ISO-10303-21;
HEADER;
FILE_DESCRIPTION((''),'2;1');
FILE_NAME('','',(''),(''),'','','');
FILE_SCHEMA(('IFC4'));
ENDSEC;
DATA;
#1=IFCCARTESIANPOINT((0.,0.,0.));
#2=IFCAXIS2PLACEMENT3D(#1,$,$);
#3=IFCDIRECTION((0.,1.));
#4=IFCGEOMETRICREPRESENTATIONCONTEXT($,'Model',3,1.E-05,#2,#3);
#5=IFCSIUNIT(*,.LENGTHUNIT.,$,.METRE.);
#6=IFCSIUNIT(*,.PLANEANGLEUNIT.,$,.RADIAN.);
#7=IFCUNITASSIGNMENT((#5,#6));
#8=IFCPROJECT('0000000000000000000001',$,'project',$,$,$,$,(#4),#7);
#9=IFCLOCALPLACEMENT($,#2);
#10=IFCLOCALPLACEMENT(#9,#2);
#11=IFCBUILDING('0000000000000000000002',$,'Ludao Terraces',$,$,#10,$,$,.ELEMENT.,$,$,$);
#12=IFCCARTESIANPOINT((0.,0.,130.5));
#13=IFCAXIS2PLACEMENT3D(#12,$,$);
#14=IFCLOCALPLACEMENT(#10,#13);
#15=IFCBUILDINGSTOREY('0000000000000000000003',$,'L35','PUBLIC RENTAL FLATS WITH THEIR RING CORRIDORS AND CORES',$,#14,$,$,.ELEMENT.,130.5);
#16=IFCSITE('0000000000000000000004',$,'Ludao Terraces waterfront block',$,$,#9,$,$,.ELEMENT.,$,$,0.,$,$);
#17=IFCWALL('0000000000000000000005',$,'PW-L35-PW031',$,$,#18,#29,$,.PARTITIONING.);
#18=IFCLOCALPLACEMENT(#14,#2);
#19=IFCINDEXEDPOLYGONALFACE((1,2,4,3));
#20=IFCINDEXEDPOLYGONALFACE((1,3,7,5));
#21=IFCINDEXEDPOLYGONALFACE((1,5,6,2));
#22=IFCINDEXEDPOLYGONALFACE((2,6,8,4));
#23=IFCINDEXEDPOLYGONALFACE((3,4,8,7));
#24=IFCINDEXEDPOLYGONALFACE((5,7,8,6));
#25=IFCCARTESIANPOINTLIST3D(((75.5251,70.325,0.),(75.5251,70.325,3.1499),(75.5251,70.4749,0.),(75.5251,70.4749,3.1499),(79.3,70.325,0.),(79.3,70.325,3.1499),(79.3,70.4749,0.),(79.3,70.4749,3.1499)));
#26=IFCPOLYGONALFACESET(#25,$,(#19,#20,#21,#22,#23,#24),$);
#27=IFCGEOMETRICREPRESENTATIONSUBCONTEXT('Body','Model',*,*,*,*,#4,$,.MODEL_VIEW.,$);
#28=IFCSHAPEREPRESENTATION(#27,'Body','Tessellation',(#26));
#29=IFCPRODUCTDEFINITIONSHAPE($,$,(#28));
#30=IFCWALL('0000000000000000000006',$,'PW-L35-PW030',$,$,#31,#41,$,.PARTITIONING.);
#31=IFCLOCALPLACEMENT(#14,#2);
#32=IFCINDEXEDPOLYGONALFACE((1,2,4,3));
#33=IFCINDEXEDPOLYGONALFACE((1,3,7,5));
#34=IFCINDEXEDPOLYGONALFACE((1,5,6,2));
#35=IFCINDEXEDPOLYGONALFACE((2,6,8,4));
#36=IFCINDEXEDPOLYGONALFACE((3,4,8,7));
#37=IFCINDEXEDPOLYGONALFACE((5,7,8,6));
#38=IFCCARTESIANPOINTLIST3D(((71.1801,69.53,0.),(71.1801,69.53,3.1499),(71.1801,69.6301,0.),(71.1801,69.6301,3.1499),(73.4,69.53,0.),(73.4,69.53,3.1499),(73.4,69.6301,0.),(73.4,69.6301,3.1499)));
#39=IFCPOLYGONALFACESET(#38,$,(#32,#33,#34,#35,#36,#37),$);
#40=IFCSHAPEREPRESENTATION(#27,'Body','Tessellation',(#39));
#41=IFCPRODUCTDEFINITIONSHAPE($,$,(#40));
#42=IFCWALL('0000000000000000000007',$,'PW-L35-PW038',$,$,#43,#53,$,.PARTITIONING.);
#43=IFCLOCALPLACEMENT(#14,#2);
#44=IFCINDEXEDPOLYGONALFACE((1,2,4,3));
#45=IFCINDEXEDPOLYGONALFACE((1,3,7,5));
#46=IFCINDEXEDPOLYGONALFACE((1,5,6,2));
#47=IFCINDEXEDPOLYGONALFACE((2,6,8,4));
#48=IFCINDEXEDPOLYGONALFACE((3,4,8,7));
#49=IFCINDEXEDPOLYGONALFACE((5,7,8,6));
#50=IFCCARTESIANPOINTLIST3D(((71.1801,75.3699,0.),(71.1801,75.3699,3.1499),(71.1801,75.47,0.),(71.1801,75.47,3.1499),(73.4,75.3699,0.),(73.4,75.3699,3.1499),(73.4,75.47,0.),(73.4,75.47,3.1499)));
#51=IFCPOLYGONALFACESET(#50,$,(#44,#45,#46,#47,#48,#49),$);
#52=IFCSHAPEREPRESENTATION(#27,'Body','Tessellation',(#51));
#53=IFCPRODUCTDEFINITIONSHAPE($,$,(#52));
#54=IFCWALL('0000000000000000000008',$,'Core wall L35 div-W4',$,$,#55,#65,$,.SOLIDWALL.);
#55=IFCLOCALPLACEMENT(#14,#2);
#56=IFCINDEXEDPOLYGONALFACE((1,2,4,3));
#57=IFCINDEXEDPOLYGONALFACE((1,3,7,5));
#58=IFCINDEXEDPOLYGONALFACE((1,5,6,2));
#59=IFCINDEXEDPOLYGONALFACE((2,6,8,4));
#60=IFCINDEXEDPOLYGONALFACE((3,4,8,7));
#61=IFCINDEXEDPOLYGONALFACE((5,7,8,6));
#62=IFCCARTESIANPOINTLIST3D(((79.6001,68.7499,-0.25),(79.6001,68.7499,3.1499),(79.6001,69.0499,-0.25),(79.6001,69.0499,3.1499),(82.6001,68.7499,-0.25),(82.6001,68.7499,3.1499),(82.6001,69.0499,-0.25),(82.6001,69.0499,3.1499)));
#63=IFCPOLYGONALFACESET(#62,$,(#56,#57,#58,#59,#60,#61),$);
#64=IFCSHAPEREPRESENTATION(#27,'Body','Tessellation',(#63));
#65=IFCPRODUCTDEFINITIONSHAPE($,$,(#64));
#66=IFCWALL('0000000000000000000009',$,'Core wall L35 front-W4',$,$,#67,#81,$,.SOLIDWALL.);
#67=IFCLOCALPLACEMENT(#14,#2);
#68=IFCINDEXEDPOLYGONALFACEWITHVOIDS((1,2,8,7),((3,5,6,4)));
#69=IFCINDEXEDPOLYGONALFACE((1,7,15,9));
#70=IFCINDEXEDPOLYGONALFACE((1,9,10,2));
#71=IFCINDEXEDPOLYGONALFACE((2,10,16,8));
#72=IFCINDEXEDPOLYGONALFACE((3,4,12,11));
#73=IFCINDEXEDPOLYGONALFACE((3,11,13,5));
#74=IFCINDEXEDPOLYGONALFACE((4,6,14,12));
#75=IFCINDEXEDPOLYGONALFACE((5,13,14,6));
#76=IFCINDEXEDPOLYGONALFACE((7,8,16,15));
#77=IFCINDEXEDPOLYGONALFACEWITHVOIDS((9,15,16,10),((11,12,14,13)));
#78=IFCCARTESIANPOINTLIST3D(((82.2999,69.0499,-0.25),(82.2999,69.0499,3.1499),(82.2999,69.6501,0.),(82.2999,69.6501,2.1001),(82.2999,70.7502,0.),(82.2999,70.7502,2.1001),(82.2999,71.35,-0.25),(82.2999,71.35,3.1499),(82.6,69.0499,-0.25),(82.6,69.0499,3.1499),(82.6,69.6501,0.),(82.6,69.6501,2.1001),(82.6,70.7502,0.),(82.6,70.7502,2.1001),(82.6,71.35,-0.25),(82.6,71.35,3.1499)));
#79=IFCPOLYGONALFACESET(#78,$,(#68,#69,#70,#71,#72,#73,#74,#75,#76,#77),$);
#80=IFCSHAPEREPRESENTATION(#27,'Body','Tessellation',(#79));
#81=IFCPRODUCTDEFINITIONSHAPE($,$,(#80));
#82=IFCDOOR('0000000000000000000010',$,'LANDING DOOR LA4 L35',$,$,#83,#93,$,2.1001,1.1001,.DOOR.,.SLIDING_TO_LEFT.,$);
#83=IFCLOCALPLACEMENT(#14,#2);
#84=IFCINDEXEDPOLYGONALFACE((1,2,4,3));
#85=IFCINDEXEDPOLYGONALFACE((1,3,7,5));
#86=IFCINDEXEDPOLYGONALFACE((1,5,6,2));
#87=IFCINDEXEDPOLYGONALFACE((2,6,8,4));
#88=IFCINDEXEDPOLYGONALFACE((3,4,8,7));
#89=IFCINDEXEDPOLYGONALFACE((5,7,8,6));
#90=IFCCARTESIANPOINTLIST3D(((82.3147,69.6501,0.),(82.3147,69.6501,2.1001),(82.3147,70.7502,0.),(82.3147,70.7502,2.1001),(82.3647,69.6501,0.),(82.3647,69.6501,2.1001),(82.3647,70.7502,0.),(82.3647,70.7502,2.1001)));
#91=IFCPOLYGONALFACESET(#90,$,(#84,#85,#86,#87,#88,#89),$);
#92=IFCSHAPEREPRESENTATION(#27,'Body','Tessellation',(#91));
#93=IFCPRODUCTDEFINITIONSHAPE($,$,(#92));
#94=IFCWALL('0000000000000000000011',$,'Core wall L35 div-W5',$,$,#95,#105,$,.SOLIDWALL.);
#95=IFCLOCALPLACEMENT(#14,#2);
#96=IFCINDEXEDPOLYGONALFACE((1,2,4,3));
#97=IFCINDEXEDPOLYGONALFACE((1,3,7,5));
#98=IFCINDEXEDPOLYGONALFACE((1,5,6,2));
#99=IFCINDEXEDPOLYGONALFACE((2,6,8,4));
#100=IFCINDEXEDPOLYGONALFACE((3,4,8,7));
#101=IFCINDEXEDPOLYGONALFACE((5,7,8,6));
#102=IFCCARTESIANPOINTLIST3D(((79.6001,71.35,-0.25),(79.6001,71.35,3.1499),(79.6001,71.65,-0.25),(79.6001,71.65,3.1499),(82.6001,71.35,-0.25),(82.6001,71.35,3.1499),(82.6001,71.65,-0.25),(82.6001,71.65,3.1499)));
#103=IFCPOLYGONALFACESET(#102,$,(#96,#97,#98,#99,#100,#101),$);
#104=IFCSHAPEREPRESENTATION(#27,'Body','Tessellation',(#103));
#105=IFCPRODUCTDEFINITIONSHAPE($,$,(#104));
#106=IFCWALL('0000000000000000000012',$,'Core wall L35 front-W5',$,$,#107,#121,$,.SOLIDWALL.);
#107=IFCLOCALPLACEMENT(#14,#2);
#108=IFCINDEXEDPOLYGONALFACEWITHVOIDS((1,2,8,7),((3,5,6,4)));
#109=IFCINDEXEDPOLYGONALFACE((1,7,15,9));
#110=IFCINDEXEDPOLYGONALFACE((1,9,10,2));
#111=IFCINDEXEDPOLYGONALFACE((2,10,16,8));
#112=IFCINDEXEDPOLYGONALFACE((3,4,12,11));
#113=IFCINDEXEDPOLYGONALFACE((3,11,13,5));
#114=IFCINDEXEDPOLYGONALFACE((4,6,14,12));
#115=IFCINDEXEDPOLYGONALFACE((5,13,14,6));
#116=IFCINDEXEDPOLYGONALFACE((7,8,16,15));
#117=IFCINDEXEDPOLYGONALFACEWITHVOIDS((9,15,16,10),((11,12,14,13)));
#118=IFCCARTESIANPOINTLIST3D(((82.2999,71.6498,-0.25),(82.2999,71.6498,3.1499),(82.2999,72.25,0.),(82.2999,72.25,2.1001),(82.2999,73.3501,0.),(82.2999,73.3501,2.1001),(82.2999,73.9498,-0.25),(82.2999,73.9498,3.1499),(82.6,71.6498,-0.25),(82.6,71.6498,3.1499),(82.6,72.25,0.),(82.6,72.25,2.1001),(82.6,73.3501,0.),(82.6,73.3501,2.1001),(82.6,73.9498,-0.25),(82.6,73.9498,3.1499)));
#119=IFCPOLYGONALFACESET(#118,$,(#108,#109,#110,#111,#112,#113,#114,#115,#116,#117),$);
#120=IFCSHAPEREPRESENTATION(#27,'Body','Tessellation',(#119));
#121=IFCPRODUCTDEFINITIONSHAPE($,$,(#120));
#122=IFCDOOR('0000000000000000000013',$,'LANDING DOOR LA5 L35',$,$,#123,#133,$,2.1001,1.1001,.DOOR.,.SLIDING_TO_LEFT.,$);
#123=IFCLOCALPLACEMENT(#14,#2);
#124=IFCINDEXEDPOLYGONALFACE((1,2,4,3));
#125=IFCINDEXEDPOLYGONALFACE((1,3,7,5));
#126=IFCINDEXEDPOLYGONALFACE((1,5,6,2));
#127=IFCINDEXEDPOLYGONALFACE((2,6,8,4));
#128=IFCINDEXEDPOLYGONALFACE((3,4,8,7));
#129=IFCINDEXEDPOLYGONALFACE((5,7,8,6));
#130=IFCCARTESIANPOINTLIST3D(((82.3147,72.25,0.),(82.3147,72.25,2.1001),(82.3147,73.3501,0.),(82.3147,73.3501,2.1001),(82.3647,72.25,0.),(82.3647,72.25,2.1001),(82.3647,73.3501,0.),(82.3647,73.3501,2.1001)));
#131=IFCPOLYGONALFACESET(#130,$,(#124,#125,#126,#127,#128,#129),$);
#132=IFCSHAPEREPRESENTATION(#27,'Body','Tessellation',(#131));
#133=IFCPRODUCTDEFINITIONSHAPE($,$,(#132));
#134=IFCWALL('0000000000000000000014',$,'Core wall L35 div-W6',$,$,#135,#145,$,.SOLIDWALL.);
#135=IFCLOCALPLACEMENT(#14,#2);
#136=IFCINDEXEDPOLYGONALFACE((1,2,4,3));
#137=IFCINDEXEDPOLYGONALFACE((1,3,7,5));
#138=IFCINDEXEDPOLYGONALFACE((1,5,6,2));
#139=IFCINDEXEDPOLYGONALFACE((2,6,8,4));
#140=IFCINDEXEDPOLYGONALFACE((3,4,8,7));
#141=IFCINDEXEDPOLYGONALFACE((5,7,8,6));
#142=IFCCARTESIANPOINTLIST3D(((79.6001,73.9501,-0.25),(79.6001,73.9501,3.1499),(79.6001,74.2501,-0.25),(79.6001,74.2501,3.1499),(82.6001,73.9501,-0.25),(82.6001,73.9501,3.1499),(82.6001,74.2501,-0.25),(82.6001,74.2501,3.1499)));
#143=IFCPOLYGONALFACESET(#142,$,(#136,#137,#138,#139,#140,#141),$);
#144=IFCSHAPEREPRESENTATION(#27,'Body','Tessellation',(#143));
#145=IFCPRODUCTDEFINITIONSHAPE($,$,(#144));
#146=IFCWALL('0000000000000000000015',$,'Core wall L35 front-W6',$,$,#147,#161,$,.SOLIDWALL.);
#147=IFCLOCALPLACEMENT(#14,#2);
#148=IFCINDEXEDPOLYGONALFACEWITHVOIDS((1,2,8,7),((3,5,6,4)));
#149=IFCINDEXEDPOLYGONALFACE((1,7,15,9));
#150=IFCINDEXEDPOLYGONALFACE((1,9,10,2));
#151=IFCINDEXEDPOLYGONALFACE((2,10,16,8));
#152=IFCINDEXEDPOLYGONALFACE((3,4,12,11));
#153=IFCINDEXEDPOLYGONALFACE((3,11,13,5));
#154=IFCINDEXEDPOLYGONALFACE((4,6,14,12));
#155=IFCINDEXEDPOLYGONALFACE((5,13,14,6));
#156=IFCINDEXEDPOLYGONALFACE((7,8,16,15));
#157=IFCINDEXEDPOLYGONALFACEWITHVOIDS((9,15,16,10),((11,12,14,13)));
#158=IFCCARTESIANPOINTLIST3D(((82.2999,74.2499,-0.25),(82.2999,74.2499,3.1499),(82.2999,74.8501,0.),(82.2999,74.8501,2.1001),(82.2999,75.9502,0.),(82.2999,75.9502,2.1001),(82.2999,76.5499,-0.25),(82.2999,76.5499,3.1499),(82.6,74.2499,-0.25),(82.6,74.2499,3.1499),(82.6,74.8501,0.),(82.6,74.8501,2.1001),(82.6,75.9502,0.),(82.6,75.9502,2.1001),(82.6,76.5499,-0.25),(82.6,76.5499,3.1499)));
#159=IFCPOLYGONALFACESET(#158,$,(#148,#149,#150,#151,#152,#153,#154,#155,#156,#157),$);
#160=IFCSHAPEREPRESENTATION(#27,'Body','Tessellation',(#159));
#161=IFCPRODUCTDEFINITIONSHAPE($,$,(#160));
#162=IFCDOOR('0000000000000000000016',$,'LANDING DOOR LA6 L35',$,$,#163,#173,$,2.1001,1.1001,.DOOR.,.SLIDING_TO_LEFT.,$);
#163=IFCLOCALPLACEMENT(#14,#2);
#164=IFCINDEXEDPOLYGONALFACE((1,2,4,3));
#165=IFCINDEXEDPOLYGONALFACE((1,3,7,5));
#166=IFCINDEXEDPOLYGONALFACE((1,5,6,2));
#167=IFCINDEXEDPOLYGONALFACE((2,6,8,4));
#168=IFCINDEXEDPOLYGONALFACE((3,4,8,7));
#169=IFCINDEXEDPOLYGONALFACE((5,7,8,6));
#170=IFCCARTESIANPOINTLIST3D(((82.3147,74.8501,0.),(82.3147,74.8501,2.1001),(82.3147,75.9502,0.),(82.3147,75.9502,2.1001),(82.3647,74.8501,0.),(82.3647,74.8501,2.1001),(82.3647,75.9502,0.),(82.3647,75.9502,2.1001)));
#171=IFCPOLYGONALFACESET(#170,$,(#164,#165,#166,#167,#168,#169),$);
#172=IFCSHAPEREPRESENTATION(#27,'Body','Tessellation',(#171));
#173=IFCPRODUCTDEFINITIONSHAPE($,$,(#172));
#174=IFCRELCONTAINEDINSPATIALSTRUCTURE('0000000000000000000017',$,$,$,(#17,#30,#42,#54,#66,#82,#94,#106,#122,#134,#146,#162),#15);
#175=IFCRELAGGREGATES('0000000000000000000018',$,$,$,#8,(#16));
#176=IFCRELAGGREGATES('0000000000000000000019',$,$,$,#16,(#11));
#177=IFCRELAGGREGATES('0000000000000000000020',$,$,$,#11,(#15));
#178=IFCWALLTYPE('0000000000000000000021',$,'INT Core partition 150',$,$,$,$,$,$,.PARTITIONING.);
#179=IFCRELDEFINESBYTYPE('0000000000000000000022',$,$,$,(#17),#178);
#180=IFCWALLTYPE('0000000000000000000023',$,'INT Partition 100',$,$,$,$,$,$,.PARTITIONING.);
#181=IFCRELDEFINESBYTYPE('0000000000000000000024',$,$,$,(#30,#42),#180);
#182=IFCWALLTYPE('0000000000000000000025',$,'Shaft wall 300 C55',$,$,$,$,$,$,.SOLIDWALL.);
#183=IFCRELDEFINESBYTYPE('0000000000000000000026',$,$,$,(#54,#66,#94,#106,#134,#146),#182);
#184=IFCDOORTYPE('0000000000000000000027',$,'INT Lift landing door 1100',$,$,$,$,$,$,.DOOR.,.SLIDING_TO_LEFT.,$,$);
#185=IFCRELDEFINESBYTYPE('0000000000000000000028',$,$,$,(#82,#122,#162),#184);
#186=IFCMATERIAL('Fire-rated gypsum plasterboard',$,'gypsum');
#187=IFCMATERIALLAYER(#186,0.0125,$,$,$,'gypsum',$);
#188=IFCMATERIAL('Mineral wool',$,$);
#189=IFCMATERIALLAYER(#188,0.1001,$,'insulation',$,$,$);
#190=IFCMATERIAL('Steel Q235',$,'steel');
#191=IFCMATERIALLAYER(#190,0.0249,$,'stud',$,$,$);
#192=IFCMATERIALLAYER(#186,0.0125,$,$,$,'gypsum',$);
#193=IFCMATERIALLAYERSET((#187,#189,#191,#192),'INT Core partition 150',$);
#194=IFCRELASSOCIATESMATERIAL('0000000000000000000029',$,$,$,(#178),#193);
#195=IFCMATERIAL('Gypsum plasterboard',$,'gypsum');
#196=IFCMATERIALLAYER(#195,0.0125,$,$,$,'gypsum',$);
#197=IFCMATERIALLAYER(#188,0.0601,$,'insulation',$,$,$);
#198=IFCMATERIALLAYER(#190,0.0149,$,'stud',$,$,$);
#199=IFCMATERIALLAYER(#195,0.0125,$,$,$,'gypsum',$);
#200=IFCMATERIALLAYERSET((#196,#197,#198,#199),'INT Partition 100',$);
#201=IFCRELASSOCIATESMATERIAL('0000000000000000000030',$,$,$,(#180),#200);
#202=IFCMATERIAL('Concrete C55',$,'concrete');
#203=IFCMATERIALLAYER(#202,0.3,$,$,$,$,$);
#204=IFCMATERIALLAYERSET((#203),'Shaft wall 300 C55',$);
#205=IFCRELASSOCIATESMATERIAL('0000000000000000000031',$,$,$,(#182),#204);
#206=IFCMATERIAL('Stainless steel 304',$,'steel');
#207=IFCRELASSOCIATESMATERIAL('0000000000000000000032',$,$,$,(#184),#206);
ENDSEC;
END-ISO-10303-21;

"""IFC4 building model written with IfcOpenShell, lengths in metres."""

from ifc_helpers import new_model, si_unit, direction, frame, frame_2d, origin, place, context, subcontext, project, spatial, rectangle, extrude, material, layer, layer_set, type_object, element, fill, save


model = new_model("IFC4")

# Units and contexts
model_context = context("Model", 3, precision=1e-05, world=origin(), true_north=direction((0.0, 1.0)))
body_context = subcontext(model_context, "Body", "Model", "MODEL_VIEW")
ifc_project = project(units=[si_unit("LENGTHUNIT", "METRE"), si_unit("PLANEANGLEUNIT", "RADIAN")], contexts=[model_context])

# Site, building, storey
site_placement = place(None, origin())
site = spatial("IfcSite", under=ifc_project, at=site_placement, Name="Ludao Terraces waterfront block", CompositionType="ELEMENT", RefElevation=0.0)
building_placement = place(site_placement, origin())
building = spatial("IfcBuilding", under=site, at=building_placement, Name="Ludao Terraces", CompositionType="ELEMENT")
storey_placement = place(building_placement, frame((0.0, 0.0, 130.5)))
storey = spatial("IfcBuildingStorey", under=building, at=storey_placement, Name="L35", Description="PUBLIC RENTAL FLATS WITH THEIR RING CORRIDORS AND CORES", CompositionType="ELEMENT", Elevation=130.5)

# Walls
ifc_material_1 = material(Name="Fire-rated gypsum plasterboard", Category="gypsum")
ifc_layer_1 = layer(ifc_material_1, 0.0125, Category="gypsum")
ifc_material_2 = material(Name="Mineral wool")
ifc_layer_2 = layer(ifc_material_2, 0.1001, Name="insulation")
ifc_material_3 = material(Name="Steel Q235", Category="steel")
ifc_layer_3 = layer(ifc_material_3, 0.0249, Name="stud")
ifc_layer_4 = layer(ifc_material_1, 0.0125, Category="gypsum")
ifc_layer_set_1 = layer_set([ifc_layer_1, ifc_layer_2, ifc_layer_3, ifc_layer_4], Name="INT Core partition 150")
wall_type_1 = type_object("IfcWallType", Name="INT Core partition 150", PredefinedType="PARTITIONING", material=ifc_layer_set_1)
wall_1_placement = place(storey_placement, frame((75.5251, 70.3999, 0.0), z_axis=(0.0, 0.0, 1.0), x_axis=(1.0, 0.0, 0.0)))
element("IfcWall", 1, at=wall_1_placement, inside=storey, type_object=wall_type_1, Name="PW-L35-PW031", PredefinedType="PARTITIONING", context=body_context, shape_type="SweptSolid", body=[
    extrude(rectangle(XDim=3.7749, YDim=0.1499, at=frame_2d((1.8875, 0.0))), origin(), (0.0, 0.0, 1.0), 3.1499),
])
ifc_material_4 = material(Name="Gypsum plasterboard", Category="gypsum")
ifc_layer_5 = layer(ifc_material_4, 0.0125, Category="gypsum")
ifc_layer_6 = layer(ifc_material_2, 0.0601, Name="insulation")
ifc_layer_7 = layer(ifc_material_3, 0.0149, Name="stud")
ifc_layer_8 = layer(ifc_material_4, 0.0125, Category="gypsum")
ifc_layer_set_2 = layer_set([ifc_layer_5, ifc_layer_6, ifc_layer_7, ifc_layer_8], Name="INT Partition 100")
wall_type_2 = type_object("IfcWallType", Name="INT Partition 100", PredefinedType="PARTITIONING", material=ifc_layer_set_2)
for number, where, z_axis, x_axis, name in (
    (2, (71.1802, 69.5801, 0.0), (0.0, 0.0, 1.0), (1.0, 0.0, 0.0), "PW-L35-PW030"),
    (3, (71.1802, 75.4199, 0.0), (0.0, 0.0, 1.0), (1.0, 0.0, 0.0), "PW-L35-PW038"),
):
    element("IfcWall", number, at=place(storey_placement, frame(where, z_axis=z_axis, x_axis=x_axis)), inside=storey, type_object=wall_type_2, Name=name, PredefinedType="PARTITIONING", context=body_context, shape_type="SweptSolid", body=[
        extrude(rectangle(XDim=2.22, YDim=0.1001, at=frame_2d((1.1099, 0.0))), origin(), (0.0, 0.0, 1.0), 3.1499),
    ])
ifc_material_5 = material(Name="Concrete C55", Category="concrete")
ifc_layer_9 = layer(ifc_material_5, 0.3)
ifc_layer_set_3 = layer_set([ifc_layer_9], Name="Shaft wall 300 C55")
wall_type_3 = type_object("IfcWallType", Name="Shaft wall 300 C55", PredefinedType="SOLIDWALL", material=ifc_layer_set_3)
wall_2_placement = place(storey_placement, frame((79.6001, 68.8999, -0.25), z_axis=(0.0, 0.0, 1.0), x_axis=(1.0, 0.0, 0.0)))
element("IfcWall", 4, at=wall_2_placement, inside=storey, type_object=wall_type_3, Name="Core wall L35 div-W4", PredefinedType="SOLIDWALL", context=body_context, shape_type="SweptSolid", body=[
    extrude(rectangle(XDim=3.0, YDim=0.3, at=frame_2d((1.5, 0.0))), origin(), (0.0, 0.0, 1.0), 3.3999),
])

# Wall, opening, door
wall_3_placement = place(storey_placement, frame((82.45, 69.05, -0.25), z_axis=(0.0, 0.0, 1.0), x_axis=(0.0, 1.0, 0.0)))
wall_3 = element("IfcWall", 5, at=wall_3_placement, inside=storey, type_object=wall_type_3, Name="Core wall L35 front-W4", PredefinedType="SOLIDWALL", context=body_context, shape_type="SweptSolid", body=[
    extrude(rectangle(XDim=2.3, YDim=0.3, at=frame_2d((1.1499, 0.0))), origin(), (0.0, 0.0, 1.0), 3.3999),
])
opening_1_placement = place(wall_3_placement, frame((0.6001, 0.0, 0.25)))
opening_1 = element("IfcOpeningElement", 6, at=opening_1_placement, cuts=wall_3, PredefinedType="OPENING", context=body_context, shape_type="SweptSolid", body=[
    extrude(rectangle(XDim=1.1001, YDim=2.1001, at=frame_2d((0.55, 1.05))), frame((0.0, 0.1602, 0.0), z_axis=(0.0, -1.0, 0.0), x_axis=(1.0, 0.0, 0.0)), (0.0, 0.0, 1.0), 0.3201),
])
ifc_material_6 = material(Name="Stainless steel 304", Category="steel")
door_type = type_object("IfcDoorType", Name="INT Lift landing door 1100", OperationType="SLIDING_TO_LEFT", PredefinedType="DOOR", material=ifc_material_6)
door_1_placement = place(opening_1_placement, origin())
door_1 = element("IfcDoor", 7, at=door_1_placement, inside=storey, type_object=door_type, Name="LANDING DOOR LA4 L35", OperationType="SLIDING_TO_LEFT", OverallHeight=2.1001, OverallWidth=1.1001, PredefinedType="DOOR", context=body_context, shape_type="SweptSolid", body=[
    extrude(rectangle(XDim=1.1001, YDim=2.1001, at=frame_2d((0.55, 1.05))), frame((0.0, 0.1353, 0.0), z_axis=(0.0, -1.0, 0.0), x_axis=(1.0, 0.0, 0.0)), (0.0, 0.0, 1.0), 0.05),
])
fill(opening_1, door_1)

# Wall
wall_4_placement = place(storey_placement, frame((79.6001, 71.5, -0.25), z_axis=(0.0, 0.0, 1.0), x_axis=(1.0, 0.0, 0.0)))
element("IfcWall", 8, at=wall_4_placement, inside=storey, type_object=wall_type_3, Name="Core wall L35 div-W5", PredefinedType="SOLIDWALL", context=body_context, shape_type="SweptSolid", body=[
    extrude(rectangle(XDim=3.0, YDim=0.3, at=frame_2d((1.5, 0.0))), origin(), (0.0, 0.0, 1.0), 3.3999),
])

# Wall, opening, door
wall_5_placement = place(storey_placement, frame((82.45, 71.6499, -0.25), z_axis=(0.0, 0.0, 1.0), x_axis=(0.0, 1.0, 0.0)))
wall_5 = element("IfcWall", 9, at=wall_5_placement, inside=storey, type_object=wall_type_3, Name="Core wall L35 front-W5", PredefinedType="SOLIDWALL", context=body_context, shape_type="SweptSolid", body=[
    extrude(rectangle(XDim=2.3, YDim=0.3, at=frame_2d((1.1499, 0.0))), origin(), (0.0, 0.0, 1.0), 3.3999),
])
opening_2_placement = place(wall_5_placement, frame((0.6001, 0.0, 0.25)))
opening_2 = element("IfcOpeningElement", 10, at=opening_2_placement, cuts=wall_5, PredefinedType="OPENING", context=body_context, shape_type="SweptSolid", body=[
    extrude(rectangle(XDim=1.1001, YDim=2.1001, at=frame_2d((0.55, 1.05))), frame((0.0, 0.1602, 0.0), z_axis=(0.0, -1.0, 0.0), x_axis=(1.0, 0.0, 0.0)), (0.0, 0.0, 1.0), 0.3201),
])
door_2_placement = place(opening_2_placement, origin())
door_2 = element("IfcDoor", 11, at=door_2_placement, inside=storey, type_object=door_type, Name="LANDING DOOR LA5 L35", OperationType="SLIDING_TO_LEFT", OverallHeight=2.1001, OverallWidth=1.1001, PredefinedType="DOOR", context=body_context, shape_type="SweptSolid", body=[
    extrude(rectangle(XDim=1.1001, YDim=2.1001, at=frame_2d((0.55, 1.05))), frame((0.0, 0.1353, 0.0), z_axis=(0.0, -1.0, 0.0), x_axis=(1.0, 0.0, 0.0)), (0.0, 0.0, 1.0), 0.05),
])
fill(opening_2, door_2)

# Wall
wall_6_placement = place(storey_placement, frame((79.6001, 74.1001, -0.25), z_axis=(0.0, 0.0, 1.0), x_axis=(1.0, 0.0, 0.0)))
element("IfcWall", 12, at=wall_6_placement, inside=storey, type_object=wall_type_3, Name="Core wall L35 div-W6", PredefinedType="SOLIDWALL", context=body_context, shape_type="SweptSolid", body=[
    extrude(rectangle(XDim=3.0, YDim=0.3, at=frame_2d((1.5, 0.0))), origin(), (0.0, 0.0, 1.0), 3.3999),
])

# Wall, opening, door
wall_7_placement = place(storey_placement, frame((82.45, 74.25, -0.25), z_axis=(0.0, 0.0, 1.0), x_axis=(0.0, 1.0, 0.0)))
wall_7 = element("IfcWall", 13, at=wall_7_placement, inside=storey, type_object=wall_type_3, Name="Core wall L35 front-W6", PredefinedType="SOLIDWALL", context=body_context, shape_type="SweptSolid", body=[
    extrude(rectangle(XDim=2.3, YDim=0.3, at=frame_2d((1.1499, 0.0))), origin(), (0.0, 0.0, 1.0), 3.3999),
])
opening_3_placement = place(wall_7_placement, frame((0.6001, 0.0, 0.25)))
opening_3 = element("IfcOpeningElement", 14, at=opening_3_placement, cuts=wall_7, PredefinedType="OPENING", context=body_context, shape_type="SweptSolid", body=[
    extrude(rectangle(XDim=1.1001, YDim=2.1001, at=frame_2d((0.55, 1.05))), frame((0.0, 0.1602, 0.0), z_axis=(0.0, -1.0, 0.0), x_axis=(1.0, 0.0, 0.0)), (0.0, 0.0, 1.0), 0.3201),
])
door_3_placement = place(opening_3_placement, origin())
door_3 = element("IfcDoor", 15, at=door_3_placement, inside=storey, type_object=door_type, Name="LANDING DOOR LA6 L35", OperationType="SLIDING_TO_LEFT", OverallHeight=2.1001, OverallWidth=1.1001, PredefinedType="DOOR", context=body_context, shape_type="SweptSolid", body=[
    extrude(rectangle(XDim=1.1001, YDim=2.1001, at=frame_2d((0.55, 1.05))), frame((0.0, 0.1353, 0.0), z_axis=(0.0, -1.0, 0.0), x_axis=(1.0, 0.0, 0.0)), (0.0, 0.0, 1.0), 0.05),
])
fill(opening_3, door_3)

save(model, "model.ifc")
